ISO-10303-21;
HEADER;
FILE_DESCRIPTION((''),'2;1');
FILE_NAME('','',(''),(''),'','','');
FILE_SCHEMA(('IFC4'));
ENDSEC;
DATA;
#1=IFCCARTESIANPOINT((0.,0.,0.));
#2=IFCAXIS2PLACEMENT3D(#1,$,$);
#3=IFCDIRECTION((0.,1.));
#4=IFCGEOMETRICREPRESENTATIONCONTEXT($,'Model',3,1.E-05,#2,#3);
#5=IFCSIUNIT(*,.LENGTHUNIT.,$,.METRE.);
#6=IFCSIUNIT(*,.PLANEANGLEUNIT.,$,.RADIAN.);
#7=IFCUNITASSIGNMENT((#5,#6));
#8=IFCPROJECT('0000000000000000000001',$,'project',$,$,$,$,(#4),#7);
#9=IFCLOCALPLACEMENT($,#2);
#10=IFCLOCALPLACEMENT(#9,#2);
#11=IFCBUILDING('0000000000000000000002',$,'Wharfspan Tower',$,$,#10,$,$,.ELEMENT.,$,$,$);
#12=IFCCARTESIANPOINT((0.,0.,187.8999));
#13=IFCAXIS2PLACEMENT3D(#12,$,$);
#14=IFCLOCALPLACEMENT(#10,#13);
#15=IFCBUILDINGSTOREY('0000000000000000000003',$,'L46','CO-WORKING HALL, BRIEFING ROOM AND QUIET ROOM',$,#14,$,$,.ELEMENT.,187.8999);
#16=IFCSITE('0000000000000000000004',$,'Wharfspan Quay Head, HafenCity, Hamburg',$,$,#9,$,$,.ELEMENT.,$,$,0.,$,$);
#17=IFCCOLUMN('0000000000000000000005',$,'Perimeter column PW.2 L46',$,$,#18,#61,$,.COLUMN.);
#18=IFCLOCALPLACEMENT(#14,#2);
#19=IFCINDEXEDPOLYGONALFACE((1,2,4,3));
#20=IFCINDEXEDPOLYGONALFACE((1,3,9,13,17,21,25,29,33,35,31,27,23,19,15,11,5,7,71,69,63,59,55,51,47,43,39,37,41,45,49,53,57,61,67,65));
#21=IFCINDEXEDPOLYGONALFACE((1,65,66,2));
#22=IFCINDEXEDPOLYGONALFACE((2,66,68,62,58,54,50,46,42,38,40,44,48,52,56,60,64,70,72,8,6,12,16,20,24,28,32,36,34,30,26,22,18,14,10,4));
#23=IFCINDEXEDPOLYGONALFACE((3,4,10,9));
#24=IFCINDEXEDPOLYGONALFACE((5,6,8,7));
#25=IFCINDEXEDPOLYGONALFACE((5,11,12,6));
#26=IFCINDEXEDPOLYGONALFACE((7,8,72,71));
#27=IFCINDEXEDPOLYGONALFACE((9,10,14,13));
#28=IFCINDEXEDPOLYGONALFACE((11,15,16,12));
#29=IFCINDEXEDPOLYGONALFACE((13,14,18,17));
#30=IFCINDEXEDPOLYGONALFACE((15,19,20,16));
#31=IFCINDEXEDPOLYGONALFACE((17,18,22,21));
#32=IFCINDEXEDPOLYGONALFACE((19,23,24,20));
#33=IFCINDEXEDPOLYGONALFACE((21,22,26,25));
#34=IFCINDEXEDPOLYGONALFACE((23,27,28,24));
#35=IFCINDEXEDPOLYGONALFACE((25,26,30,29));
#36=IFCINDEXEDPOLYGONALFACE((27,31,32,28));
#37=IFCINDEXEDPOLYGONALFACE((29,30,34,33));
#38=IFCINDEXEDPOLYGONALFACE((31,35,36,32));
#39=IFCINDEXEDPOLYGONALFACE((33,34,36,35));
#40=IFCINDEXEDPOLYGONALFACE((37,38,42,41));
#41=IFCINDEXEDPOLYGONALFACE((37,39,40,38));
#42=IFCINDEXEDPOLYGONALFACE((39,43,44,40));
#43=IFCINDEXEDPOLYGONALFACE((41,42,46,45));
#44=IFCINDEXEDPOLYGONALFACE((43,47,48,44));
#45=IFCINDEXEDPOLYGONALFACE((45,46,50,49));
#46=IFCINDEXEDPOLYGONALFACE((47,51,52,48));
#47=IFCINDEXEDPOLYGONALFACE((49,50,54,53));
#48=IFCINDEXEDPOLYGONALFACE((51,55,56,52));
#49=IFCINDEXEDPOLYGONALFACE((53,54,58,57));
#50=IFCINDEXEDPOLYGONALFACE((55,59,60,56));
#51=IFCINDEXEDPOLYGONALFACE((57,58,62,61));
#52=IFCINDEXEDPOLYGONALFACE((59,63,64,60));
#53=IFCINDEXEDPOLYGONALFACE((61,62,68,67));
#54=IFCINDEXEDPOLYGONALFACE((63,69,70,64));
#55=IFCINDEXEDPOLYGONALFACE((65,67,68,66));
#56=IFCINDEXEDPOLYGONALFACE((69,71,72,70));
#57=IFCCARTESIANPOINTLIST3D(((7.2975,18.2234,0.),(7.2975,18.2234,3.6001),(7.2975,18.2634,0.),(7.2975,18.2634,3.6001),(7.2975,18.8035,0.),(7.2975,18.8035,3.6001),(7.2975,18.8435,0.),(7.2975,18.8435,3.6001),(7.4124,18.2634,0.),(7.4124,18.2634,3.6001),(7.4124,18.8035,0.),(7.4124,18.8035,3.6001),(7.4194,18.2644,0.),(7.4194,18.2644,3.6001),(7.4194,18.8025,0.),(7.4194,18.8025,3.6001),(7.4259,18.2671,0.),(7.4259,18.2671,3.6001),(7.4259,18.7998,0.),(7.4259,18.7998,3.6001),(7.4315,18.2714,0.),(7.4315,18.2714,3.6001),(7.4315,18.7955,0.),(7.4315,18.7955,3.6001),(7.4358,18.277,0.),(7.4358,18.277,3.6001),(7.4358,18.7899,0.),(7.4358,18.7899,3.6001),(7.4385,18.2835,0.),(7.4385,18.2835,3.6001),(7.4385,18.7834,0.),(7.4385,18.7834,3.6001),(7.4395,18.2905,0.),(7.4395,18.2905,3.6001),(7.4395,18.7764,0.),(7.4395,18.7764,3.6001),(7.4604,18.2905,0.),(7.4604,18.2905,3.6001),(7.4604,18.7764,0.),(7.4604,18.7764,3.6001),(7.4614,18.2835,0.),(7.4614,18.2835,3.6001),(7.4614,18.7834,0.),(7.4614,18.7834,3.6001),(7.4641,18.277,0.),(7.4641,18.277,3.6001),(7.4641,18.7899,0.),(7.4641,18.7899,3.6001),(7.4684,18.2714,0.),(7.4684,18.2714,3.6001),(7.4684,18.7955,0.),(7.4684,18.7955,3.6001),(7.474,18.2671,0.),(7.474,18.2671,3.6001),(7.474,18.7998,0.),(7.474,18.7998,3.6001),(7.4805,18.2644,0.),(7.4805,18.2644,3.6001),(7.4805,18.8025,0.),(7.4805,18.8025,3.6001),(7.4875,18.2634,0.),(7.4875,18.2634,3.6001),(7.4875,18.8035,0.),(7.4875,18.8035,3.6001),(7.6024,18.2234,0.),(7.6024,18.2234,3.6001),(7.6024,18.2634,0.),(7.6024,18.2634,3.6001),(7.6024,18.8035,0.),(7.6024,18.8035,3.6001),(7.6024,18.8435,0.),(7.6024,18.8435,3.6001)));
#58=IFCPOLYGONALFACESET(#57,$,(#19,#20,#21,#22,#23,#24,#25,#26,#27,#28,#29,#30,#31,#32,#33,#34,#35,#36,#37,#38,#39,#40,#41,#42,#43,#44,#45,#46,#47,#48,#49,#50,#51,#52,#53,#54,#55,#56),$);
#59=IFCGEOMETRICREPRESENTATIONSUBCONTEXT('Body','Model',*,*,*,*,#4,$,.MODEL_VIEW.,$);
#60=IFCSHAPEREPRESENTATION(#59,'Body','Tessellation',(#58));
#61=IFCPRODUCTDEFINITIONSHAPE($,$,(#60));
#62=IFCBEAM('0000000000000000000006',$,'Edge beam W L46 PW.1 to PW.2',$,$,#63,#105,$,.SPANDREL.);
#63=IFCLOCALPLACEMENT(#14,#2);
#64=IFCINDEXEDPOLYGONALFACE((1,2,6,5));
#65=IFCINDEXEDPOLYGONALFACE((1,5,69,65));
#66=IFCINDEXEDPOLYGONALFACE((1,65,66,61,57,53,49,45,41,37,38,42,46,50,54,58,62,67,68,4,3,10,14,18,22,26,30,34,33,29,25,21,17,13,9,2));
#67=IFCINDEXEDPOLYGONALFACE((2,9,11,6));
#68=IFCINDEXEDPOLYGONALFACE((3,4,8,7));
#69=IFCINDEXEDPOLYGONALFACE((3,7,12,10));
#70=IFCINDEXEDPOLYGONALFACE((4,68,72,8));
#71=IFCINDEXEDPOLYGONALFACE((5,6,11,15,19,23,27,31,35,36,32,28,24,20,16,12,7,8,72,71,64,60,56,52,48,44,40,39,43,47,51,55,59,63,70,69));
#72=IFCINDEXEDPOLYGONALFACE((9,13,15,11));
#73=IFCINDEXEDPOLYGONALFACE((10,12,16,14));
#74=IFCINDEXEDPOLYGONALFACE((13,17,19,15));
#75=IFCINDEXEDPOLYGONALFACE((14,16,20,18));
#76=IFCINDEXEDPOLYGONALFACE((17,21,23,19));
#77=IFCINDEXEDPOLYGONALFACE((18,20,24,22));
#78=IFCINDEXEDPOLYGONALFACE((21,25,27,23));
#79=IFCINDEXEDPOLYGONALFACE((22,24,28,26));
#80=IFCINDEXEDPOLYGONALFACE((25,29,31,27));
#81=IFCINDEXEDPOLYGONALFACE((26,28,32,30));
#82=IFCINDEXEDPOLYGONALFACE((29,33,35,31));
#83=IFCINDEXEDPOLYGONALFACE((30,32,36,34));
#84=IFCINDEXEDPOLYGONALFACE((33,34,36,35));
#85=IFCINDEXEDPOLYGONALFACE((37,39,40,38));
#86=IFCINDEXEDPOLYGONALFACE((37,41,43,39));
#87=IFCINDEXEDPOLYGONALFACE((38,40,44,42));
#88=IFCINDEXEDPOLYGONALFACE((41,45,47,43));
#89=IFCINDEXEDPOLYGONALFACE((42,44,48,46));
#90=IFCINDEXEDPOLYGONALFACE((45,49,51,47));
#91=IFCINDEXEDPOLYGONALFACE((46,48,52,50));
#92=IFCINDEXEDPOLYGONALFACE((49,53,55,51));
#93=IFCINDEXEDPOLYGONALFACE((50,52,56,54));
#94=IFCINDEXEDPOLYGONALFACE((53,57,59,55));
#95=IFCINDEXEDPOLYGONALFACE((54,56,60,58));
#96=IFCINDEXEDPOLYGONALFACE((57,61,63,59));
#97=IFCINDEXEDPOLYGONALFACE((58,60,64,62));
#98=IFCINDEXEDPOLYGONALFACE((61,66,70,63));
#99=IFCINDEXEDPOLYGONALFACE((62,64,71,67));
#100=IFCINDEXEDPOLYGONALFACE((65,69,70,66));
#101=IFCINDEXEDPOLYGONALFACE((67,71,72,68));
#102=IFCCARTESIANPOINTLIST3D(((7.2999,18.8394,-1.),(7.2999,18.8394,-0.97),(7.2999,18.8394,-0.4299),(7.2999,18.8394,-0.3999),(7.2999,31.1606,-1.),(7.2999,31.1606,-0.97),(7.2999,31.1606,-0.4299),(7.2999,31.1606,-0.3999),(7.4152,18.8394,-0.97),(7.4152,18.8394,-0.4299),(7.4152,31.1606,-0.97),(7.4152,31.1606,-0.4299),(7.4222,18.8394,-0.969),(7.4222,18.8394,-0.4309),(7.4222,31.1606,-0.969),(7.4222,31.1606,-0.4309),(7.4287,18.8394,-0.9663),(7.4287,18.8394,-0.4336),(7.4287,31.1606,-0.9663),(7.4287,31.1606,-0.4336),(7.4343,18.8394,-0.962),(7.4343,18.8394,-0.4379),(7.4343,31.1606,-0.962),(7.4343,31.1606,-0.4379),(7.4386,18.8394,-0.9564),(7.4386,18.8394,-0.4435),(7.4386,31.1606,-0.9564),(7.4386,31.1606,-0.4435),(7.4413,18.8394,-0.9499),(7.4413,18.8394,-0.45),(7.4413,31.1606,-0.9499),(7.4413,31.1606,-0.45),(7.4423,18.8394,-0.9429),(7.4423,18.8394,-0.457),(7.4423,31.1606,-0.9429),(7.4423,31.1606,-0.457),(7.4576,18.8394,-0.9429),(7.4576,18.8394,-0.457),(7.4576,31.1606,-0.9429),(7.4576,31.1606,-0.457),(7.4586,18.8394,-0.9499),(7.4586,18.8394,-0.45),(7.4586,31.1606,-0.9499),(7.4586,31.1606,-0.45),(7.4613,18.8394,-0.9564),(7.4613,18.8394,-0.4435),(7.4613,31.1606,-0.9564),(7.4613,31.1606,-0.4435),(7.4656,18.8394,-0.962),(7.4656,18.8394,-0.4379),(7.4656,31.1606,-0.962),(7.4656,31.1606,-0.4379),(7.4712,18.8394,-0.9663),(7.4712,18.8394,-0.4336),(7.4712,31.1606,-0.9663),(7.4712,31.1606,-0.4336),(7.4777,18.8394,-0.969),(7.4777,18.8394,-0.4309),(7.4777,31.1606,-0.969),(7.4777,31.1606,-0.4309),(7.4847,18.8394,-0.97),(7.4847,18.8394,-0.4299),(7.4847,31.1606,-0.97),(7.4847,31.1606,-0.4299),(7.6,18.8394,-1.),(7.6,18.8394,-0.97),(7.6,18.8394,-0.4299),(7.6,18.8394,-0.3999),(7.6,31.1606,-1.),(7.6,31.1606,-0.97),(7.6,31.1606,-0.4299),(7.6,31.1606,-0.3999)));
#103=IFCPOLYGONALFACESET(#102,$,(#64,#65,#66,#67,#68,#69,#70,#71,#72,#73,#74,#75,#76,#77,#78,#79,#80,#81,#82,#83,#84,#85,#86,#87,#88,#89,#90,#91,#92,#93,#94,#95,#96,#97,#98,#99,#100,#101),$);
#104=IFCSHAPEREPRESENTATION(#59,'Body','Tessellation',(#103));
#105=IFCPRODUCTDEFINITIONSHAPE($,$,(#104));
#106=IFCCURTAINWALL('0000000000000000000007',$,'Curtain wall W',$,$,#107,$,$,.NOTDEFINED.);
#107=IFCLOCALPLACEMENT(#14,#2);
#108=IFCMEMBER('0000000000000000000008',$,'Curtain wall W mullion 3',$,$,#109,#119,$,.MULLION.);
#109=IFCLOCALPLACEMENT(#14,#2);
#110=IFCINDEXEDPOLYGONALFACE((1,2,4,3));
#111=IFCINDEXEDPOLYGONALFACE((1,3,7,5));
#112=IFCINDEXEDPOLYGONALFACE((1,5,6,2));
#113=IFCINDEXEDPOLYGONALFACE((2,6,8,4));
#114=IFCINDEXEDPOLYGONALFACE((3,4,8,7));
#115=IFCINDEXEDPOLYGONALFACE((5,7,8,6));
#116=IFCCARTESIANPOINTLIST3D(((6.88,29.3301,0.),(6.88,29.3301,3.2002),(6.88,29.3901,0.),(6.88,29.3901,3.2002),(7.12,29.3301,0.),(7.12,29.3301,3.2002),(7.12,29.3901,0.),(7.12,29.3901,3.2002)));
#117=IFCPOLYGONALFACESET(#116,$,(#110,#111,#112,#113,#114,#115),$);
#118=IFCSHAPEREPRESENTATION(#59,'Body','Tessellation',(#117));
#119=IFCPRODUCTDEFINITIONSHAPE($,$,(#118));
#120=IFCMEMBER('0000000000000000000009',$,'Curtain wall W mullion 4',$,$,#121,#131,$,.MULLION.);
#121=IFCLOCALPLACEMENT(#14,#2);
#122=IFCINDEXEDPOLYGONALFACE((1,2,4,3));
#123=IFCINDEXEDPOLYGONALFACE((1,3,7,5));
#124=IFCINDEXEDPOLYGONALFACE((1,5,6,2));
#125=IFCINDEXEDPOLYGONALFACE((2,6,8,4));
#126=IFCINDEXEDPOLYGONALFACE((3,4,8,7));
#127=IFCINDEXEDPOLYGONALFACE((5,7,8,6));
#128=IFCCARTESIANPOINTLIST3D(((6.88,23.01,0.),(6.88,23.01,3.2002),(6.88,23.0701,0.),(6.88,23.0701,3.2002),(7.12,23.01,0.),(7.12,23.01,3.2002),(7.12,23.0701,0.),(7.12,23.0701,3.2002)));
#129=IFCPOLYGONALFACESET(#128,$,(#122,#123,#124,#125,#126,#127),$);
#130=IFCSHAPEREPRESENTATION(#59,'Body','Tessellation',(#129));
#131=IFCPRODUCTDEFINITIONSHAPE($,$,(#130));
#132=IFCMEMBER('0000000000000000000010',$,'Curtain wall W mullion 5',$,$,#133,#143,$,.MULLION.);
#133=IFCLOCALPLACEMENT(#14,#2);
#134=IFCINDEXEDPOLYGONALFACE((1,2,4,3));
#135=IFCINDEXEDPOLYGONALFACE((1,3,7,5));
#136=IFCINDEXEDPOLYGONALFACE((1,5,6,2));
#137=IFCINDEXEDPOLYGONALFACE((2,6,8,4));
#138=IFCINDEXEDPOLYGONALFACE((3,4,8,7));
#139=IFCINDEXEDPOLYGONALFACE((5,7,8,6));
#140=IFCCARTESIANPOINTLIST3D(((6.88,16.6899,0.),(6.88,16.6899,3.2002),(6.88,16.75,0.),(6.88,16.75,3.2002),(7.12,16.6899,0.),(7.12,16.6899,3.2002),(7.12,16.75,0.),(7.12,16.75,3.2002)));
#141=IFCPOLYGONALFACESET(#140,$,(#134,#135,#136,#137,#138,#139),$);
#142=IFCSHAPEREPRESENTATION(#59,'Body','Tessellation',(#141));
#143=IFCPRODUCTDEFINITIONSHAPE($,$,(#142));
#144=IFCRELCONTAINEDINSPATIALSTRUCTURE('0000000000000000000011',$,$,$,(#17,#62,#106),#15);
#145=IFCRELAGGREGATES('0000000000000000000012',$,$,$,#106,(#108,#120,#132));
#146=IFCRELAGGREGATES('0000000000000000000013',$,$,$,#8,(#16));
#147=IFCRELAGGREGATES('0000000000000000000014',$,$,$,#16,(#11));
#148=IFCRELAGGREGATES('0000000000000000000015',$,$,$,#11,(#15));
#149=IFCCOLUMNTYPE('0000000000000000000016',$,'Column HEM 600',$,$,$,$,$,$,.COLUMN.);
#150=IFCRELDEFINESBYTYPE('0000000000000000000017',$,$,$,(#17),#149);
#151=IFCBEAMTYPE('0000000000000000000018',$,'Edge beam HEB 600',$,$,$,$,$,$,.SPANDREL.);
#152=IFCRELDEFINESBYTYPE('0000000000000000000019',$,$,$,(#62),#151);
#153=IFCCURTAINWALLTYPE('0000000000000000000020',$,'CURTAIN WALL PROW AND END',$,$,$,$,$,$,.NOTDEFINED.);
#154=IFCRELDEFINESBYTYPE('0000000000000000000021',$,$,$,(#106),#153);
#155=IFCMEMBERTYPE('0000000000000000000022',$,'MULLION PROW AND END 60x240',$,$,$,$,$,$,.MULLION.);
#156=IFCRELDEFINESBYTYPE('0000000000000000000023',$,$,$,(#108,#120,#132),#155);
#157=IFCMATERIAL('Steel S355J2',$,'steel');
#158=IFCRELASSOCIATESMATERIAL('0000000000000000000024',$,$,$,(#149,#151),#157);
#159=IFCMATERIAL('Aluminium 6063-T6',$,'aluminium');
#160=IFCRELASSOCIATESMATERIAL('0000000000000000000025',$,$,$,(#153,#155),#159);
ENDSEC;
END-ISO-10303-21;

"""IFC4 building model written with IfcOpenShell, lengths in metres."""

from ifc_helpers import new_model, si_unit, direction, frame, origin, origin_2d, place, context, subcontext, project, spatial, rectangle, i_section, extrude, material, material_profile, profile_set, type_object, element, aggregate, save


model = new_model("IFC4")

# Units and contexts
model_context = context("Model", 3, precision=1e-05, world=origin(), true_north=direction((0.0, 1.0)))
body_context = subcontext(model_context, "Body", "Model", "MODEL_VIEW")
ifc_project = project(units=[si_unit("LENGTHUNIT", "METRE"), si_unit("PLANEANGLEUNIT", "RADIAN")], contexts=[model_context])

# Site, building, storey
site_placement = place(None, origin())
site = spatial("IfcSite", under=ifc_project, at=site_placement, Name="Wharfspan Quay Head, HafenCity, Hamburg", CompositionType="ELEMENT", RefElevation=0.0)
building_placement = place(site_placement, origin())
building = spatial("IfcBuilding", under=site, at=building_placement, Name="Wharfspan Tower", CompositionType="ELEMENT")
storey_placement = place(building_placement, frame((0.0, 0.0, 187.8999)))
storey = spatial("IfcBuildingStorey", under=building, at=storey_placement, Name="L46", Description="CO-WORKING HALL, BRIEFING ROOM AND QUIET ROOM", CompositionType="ELEMENT", Elevation=187.8999)

# Column
ifc_material_1 = material(Name="Steel S355J2", Category="steel")
ifc_material_profile_1 = material_profile(ifc_material_1, i_section(OverallWidth=0.3049, OverallDepth=0.6201, WebThickness=0.021, FlangeThickness=0.04, FilletRadius=0.0271, at=origin_2d()))
ifc_profile_set_1 = profile_set([ifc_material_profile_1], Name="Steel S355J2")
column_type = type_object("IfcColumnType", Name="Column HEM 600", PredefinedType="COLUMN", material=ifc_profile_set_1)
column_placement = place(storey_placement, frame((7.45, 18.5334, 0.0), z_axis=(0.0, 0.0, 1.0), x_axis=(-1.0, 0.0, 0.0)))
element("IfcColumn", 1, at=column_placement, inside=storey, type_object=column_type, Name="Perimeter column PW.2 L46", PredefinedType="COLUMN", context=body_context, shape_type="SweptSolid", body=[
    extrude(i_section(OverallWidth=0.3049, OverallDepth=0.6201, WebThickness=0.021, FlangeThickness=0.04, FilletRadius=0.0271, at=origin_2d()), origin(), (0.0, 0.0, 1.0), 3.6001),
])

# Beam
ifc_material_profile_2 = material_profile(ifc_material_1, i_section(OverallWidth=0.3, OverallDepth=0.6001, WebThickness=0.0154, FlangeThickness=0.03, FilletRadius=0.0271, at=origin_2d()))
ifc_profile_set_2 = profile_set([ifc_material_profile_2], Name="Steel S355J2")
beam_type = type_object("IfcBeamType", Name="Edge beam HEB 600", PredefinedType="SPANDREL", material=ifc_profile_set_2)
beam_placement = place(storey_placement, frame((7.45, 31.1606, -0.7), z_axis=(0.0, -1.0, 0.0), x_axis=(1.0, 0.0, 0.0)))
element("IfcBeam", 2, at=beam_placement, inside=storey, type_object=beam_type, Name="Edge beam W L46 PW.1 to PW.2", PredefinedType="SPANDREL", context=body_context, shape_type="SweptSolid", body=[
    extrude(i_section(OverallWidth=0.3, OverallDepth=0.6001, WebThickness=0.0154, FlangeThickness=0.03, FilletRadius=0.0271, at=origin_2d()), origin(), (0.0, 0.0, 1.0), 12.3213),
])

# Curtain wall, members
ifc_material_2 = material(Name="Aluminium 6063-T6", Category="aluminium")
curtain_wall_type = type_object("IfcCurtainWallType", Name="CURTAIN WALL PROW AND END", PredefinedType="NOTDEFINED", material=ifc_material_2)
curtain_wall_placement = place(storey_placement, origin())
curtain_wall = element("IfcCurtainWall", 3, at=curtain_wall_placement, inside=storey, type_object=curtain_wall_type, Name="Curtain wall W", PredefinedType="NOTDEFINED")
ifc_material_profile_3 = material_profile(ifc_material_2, rectangle(XDim=0.24, YDim=0.0601, at=origin_2d()))
ifc_profile_set_3 = profile_set([ifc_material_profile_3], Name="Aluminium 6063-T6")
member_type_1 = type_object("IfcMemberType", Name="MULLION PROW AND END 60x240", PredefinedType="MULLION", material=ifc_profile_set_3)
member_1_placement = place(storey_placement, frame((7.0, 29.3601, 0.0), z_axis=(0.0, 0.0, 1.0), x_axis=(1.0, 0.0, 0.0)))
member_1 = element("IfcMember", 4, at=member_1_placement, type_object=member_type_1, Name="Curtain wall W mullion 3", PredefinedType="MULLION", context=body_context, shape_type="SweptSolid", body=[
    extrude(rectangle(XDim=0.24, YDim=0.0601, at=origin_2d()), origin(), (0.0, 0.0, 1.0), 3.2002),
])
member_2_placement = place(storey_placement, frame((7.0, 23.04, 0.0), z_axis=(0.0, 0.0, 1.0), x_axis=(1.0, 0.0, 0.0)))
member_2 = element("IfcMember", 5, at=member_2_placement, type_object=member_type_1, Name="Curtain wall W mullion 4", PredefinedType="MULLION", context=body_context, shape_type="SweptSolid", body=[
    extrude(rectangle(XDim=0.24, YDim=0.0601, at=origin_2d()), origin(), (0.0, 0.0, 1.0), 3.2002),
])
member_3_placement = place(storey_placement, frame((7.0, 16.72, 0.0), z_axis=(0.0, 0.0, 1.0), x_axis=(1.0, 0.0, 0.0)))
member_3 = element("IfcMember", 6, at=member_3_placement, type_object=member_type_1, Name="Curtain wall W mullion 5", PredefinedType="MULLION", context=body_context, shape_type="SweptSolid", body=[
    extrude(rectangle(XDim=0.24, YDim=0.0601, at=origin_2d()), origin(), (0.0, 0.0, 1.0), 3.2002),
])

aggregate(curtain_wall, [member_1, member_2, member_3])

save(model, "model.ifc")
